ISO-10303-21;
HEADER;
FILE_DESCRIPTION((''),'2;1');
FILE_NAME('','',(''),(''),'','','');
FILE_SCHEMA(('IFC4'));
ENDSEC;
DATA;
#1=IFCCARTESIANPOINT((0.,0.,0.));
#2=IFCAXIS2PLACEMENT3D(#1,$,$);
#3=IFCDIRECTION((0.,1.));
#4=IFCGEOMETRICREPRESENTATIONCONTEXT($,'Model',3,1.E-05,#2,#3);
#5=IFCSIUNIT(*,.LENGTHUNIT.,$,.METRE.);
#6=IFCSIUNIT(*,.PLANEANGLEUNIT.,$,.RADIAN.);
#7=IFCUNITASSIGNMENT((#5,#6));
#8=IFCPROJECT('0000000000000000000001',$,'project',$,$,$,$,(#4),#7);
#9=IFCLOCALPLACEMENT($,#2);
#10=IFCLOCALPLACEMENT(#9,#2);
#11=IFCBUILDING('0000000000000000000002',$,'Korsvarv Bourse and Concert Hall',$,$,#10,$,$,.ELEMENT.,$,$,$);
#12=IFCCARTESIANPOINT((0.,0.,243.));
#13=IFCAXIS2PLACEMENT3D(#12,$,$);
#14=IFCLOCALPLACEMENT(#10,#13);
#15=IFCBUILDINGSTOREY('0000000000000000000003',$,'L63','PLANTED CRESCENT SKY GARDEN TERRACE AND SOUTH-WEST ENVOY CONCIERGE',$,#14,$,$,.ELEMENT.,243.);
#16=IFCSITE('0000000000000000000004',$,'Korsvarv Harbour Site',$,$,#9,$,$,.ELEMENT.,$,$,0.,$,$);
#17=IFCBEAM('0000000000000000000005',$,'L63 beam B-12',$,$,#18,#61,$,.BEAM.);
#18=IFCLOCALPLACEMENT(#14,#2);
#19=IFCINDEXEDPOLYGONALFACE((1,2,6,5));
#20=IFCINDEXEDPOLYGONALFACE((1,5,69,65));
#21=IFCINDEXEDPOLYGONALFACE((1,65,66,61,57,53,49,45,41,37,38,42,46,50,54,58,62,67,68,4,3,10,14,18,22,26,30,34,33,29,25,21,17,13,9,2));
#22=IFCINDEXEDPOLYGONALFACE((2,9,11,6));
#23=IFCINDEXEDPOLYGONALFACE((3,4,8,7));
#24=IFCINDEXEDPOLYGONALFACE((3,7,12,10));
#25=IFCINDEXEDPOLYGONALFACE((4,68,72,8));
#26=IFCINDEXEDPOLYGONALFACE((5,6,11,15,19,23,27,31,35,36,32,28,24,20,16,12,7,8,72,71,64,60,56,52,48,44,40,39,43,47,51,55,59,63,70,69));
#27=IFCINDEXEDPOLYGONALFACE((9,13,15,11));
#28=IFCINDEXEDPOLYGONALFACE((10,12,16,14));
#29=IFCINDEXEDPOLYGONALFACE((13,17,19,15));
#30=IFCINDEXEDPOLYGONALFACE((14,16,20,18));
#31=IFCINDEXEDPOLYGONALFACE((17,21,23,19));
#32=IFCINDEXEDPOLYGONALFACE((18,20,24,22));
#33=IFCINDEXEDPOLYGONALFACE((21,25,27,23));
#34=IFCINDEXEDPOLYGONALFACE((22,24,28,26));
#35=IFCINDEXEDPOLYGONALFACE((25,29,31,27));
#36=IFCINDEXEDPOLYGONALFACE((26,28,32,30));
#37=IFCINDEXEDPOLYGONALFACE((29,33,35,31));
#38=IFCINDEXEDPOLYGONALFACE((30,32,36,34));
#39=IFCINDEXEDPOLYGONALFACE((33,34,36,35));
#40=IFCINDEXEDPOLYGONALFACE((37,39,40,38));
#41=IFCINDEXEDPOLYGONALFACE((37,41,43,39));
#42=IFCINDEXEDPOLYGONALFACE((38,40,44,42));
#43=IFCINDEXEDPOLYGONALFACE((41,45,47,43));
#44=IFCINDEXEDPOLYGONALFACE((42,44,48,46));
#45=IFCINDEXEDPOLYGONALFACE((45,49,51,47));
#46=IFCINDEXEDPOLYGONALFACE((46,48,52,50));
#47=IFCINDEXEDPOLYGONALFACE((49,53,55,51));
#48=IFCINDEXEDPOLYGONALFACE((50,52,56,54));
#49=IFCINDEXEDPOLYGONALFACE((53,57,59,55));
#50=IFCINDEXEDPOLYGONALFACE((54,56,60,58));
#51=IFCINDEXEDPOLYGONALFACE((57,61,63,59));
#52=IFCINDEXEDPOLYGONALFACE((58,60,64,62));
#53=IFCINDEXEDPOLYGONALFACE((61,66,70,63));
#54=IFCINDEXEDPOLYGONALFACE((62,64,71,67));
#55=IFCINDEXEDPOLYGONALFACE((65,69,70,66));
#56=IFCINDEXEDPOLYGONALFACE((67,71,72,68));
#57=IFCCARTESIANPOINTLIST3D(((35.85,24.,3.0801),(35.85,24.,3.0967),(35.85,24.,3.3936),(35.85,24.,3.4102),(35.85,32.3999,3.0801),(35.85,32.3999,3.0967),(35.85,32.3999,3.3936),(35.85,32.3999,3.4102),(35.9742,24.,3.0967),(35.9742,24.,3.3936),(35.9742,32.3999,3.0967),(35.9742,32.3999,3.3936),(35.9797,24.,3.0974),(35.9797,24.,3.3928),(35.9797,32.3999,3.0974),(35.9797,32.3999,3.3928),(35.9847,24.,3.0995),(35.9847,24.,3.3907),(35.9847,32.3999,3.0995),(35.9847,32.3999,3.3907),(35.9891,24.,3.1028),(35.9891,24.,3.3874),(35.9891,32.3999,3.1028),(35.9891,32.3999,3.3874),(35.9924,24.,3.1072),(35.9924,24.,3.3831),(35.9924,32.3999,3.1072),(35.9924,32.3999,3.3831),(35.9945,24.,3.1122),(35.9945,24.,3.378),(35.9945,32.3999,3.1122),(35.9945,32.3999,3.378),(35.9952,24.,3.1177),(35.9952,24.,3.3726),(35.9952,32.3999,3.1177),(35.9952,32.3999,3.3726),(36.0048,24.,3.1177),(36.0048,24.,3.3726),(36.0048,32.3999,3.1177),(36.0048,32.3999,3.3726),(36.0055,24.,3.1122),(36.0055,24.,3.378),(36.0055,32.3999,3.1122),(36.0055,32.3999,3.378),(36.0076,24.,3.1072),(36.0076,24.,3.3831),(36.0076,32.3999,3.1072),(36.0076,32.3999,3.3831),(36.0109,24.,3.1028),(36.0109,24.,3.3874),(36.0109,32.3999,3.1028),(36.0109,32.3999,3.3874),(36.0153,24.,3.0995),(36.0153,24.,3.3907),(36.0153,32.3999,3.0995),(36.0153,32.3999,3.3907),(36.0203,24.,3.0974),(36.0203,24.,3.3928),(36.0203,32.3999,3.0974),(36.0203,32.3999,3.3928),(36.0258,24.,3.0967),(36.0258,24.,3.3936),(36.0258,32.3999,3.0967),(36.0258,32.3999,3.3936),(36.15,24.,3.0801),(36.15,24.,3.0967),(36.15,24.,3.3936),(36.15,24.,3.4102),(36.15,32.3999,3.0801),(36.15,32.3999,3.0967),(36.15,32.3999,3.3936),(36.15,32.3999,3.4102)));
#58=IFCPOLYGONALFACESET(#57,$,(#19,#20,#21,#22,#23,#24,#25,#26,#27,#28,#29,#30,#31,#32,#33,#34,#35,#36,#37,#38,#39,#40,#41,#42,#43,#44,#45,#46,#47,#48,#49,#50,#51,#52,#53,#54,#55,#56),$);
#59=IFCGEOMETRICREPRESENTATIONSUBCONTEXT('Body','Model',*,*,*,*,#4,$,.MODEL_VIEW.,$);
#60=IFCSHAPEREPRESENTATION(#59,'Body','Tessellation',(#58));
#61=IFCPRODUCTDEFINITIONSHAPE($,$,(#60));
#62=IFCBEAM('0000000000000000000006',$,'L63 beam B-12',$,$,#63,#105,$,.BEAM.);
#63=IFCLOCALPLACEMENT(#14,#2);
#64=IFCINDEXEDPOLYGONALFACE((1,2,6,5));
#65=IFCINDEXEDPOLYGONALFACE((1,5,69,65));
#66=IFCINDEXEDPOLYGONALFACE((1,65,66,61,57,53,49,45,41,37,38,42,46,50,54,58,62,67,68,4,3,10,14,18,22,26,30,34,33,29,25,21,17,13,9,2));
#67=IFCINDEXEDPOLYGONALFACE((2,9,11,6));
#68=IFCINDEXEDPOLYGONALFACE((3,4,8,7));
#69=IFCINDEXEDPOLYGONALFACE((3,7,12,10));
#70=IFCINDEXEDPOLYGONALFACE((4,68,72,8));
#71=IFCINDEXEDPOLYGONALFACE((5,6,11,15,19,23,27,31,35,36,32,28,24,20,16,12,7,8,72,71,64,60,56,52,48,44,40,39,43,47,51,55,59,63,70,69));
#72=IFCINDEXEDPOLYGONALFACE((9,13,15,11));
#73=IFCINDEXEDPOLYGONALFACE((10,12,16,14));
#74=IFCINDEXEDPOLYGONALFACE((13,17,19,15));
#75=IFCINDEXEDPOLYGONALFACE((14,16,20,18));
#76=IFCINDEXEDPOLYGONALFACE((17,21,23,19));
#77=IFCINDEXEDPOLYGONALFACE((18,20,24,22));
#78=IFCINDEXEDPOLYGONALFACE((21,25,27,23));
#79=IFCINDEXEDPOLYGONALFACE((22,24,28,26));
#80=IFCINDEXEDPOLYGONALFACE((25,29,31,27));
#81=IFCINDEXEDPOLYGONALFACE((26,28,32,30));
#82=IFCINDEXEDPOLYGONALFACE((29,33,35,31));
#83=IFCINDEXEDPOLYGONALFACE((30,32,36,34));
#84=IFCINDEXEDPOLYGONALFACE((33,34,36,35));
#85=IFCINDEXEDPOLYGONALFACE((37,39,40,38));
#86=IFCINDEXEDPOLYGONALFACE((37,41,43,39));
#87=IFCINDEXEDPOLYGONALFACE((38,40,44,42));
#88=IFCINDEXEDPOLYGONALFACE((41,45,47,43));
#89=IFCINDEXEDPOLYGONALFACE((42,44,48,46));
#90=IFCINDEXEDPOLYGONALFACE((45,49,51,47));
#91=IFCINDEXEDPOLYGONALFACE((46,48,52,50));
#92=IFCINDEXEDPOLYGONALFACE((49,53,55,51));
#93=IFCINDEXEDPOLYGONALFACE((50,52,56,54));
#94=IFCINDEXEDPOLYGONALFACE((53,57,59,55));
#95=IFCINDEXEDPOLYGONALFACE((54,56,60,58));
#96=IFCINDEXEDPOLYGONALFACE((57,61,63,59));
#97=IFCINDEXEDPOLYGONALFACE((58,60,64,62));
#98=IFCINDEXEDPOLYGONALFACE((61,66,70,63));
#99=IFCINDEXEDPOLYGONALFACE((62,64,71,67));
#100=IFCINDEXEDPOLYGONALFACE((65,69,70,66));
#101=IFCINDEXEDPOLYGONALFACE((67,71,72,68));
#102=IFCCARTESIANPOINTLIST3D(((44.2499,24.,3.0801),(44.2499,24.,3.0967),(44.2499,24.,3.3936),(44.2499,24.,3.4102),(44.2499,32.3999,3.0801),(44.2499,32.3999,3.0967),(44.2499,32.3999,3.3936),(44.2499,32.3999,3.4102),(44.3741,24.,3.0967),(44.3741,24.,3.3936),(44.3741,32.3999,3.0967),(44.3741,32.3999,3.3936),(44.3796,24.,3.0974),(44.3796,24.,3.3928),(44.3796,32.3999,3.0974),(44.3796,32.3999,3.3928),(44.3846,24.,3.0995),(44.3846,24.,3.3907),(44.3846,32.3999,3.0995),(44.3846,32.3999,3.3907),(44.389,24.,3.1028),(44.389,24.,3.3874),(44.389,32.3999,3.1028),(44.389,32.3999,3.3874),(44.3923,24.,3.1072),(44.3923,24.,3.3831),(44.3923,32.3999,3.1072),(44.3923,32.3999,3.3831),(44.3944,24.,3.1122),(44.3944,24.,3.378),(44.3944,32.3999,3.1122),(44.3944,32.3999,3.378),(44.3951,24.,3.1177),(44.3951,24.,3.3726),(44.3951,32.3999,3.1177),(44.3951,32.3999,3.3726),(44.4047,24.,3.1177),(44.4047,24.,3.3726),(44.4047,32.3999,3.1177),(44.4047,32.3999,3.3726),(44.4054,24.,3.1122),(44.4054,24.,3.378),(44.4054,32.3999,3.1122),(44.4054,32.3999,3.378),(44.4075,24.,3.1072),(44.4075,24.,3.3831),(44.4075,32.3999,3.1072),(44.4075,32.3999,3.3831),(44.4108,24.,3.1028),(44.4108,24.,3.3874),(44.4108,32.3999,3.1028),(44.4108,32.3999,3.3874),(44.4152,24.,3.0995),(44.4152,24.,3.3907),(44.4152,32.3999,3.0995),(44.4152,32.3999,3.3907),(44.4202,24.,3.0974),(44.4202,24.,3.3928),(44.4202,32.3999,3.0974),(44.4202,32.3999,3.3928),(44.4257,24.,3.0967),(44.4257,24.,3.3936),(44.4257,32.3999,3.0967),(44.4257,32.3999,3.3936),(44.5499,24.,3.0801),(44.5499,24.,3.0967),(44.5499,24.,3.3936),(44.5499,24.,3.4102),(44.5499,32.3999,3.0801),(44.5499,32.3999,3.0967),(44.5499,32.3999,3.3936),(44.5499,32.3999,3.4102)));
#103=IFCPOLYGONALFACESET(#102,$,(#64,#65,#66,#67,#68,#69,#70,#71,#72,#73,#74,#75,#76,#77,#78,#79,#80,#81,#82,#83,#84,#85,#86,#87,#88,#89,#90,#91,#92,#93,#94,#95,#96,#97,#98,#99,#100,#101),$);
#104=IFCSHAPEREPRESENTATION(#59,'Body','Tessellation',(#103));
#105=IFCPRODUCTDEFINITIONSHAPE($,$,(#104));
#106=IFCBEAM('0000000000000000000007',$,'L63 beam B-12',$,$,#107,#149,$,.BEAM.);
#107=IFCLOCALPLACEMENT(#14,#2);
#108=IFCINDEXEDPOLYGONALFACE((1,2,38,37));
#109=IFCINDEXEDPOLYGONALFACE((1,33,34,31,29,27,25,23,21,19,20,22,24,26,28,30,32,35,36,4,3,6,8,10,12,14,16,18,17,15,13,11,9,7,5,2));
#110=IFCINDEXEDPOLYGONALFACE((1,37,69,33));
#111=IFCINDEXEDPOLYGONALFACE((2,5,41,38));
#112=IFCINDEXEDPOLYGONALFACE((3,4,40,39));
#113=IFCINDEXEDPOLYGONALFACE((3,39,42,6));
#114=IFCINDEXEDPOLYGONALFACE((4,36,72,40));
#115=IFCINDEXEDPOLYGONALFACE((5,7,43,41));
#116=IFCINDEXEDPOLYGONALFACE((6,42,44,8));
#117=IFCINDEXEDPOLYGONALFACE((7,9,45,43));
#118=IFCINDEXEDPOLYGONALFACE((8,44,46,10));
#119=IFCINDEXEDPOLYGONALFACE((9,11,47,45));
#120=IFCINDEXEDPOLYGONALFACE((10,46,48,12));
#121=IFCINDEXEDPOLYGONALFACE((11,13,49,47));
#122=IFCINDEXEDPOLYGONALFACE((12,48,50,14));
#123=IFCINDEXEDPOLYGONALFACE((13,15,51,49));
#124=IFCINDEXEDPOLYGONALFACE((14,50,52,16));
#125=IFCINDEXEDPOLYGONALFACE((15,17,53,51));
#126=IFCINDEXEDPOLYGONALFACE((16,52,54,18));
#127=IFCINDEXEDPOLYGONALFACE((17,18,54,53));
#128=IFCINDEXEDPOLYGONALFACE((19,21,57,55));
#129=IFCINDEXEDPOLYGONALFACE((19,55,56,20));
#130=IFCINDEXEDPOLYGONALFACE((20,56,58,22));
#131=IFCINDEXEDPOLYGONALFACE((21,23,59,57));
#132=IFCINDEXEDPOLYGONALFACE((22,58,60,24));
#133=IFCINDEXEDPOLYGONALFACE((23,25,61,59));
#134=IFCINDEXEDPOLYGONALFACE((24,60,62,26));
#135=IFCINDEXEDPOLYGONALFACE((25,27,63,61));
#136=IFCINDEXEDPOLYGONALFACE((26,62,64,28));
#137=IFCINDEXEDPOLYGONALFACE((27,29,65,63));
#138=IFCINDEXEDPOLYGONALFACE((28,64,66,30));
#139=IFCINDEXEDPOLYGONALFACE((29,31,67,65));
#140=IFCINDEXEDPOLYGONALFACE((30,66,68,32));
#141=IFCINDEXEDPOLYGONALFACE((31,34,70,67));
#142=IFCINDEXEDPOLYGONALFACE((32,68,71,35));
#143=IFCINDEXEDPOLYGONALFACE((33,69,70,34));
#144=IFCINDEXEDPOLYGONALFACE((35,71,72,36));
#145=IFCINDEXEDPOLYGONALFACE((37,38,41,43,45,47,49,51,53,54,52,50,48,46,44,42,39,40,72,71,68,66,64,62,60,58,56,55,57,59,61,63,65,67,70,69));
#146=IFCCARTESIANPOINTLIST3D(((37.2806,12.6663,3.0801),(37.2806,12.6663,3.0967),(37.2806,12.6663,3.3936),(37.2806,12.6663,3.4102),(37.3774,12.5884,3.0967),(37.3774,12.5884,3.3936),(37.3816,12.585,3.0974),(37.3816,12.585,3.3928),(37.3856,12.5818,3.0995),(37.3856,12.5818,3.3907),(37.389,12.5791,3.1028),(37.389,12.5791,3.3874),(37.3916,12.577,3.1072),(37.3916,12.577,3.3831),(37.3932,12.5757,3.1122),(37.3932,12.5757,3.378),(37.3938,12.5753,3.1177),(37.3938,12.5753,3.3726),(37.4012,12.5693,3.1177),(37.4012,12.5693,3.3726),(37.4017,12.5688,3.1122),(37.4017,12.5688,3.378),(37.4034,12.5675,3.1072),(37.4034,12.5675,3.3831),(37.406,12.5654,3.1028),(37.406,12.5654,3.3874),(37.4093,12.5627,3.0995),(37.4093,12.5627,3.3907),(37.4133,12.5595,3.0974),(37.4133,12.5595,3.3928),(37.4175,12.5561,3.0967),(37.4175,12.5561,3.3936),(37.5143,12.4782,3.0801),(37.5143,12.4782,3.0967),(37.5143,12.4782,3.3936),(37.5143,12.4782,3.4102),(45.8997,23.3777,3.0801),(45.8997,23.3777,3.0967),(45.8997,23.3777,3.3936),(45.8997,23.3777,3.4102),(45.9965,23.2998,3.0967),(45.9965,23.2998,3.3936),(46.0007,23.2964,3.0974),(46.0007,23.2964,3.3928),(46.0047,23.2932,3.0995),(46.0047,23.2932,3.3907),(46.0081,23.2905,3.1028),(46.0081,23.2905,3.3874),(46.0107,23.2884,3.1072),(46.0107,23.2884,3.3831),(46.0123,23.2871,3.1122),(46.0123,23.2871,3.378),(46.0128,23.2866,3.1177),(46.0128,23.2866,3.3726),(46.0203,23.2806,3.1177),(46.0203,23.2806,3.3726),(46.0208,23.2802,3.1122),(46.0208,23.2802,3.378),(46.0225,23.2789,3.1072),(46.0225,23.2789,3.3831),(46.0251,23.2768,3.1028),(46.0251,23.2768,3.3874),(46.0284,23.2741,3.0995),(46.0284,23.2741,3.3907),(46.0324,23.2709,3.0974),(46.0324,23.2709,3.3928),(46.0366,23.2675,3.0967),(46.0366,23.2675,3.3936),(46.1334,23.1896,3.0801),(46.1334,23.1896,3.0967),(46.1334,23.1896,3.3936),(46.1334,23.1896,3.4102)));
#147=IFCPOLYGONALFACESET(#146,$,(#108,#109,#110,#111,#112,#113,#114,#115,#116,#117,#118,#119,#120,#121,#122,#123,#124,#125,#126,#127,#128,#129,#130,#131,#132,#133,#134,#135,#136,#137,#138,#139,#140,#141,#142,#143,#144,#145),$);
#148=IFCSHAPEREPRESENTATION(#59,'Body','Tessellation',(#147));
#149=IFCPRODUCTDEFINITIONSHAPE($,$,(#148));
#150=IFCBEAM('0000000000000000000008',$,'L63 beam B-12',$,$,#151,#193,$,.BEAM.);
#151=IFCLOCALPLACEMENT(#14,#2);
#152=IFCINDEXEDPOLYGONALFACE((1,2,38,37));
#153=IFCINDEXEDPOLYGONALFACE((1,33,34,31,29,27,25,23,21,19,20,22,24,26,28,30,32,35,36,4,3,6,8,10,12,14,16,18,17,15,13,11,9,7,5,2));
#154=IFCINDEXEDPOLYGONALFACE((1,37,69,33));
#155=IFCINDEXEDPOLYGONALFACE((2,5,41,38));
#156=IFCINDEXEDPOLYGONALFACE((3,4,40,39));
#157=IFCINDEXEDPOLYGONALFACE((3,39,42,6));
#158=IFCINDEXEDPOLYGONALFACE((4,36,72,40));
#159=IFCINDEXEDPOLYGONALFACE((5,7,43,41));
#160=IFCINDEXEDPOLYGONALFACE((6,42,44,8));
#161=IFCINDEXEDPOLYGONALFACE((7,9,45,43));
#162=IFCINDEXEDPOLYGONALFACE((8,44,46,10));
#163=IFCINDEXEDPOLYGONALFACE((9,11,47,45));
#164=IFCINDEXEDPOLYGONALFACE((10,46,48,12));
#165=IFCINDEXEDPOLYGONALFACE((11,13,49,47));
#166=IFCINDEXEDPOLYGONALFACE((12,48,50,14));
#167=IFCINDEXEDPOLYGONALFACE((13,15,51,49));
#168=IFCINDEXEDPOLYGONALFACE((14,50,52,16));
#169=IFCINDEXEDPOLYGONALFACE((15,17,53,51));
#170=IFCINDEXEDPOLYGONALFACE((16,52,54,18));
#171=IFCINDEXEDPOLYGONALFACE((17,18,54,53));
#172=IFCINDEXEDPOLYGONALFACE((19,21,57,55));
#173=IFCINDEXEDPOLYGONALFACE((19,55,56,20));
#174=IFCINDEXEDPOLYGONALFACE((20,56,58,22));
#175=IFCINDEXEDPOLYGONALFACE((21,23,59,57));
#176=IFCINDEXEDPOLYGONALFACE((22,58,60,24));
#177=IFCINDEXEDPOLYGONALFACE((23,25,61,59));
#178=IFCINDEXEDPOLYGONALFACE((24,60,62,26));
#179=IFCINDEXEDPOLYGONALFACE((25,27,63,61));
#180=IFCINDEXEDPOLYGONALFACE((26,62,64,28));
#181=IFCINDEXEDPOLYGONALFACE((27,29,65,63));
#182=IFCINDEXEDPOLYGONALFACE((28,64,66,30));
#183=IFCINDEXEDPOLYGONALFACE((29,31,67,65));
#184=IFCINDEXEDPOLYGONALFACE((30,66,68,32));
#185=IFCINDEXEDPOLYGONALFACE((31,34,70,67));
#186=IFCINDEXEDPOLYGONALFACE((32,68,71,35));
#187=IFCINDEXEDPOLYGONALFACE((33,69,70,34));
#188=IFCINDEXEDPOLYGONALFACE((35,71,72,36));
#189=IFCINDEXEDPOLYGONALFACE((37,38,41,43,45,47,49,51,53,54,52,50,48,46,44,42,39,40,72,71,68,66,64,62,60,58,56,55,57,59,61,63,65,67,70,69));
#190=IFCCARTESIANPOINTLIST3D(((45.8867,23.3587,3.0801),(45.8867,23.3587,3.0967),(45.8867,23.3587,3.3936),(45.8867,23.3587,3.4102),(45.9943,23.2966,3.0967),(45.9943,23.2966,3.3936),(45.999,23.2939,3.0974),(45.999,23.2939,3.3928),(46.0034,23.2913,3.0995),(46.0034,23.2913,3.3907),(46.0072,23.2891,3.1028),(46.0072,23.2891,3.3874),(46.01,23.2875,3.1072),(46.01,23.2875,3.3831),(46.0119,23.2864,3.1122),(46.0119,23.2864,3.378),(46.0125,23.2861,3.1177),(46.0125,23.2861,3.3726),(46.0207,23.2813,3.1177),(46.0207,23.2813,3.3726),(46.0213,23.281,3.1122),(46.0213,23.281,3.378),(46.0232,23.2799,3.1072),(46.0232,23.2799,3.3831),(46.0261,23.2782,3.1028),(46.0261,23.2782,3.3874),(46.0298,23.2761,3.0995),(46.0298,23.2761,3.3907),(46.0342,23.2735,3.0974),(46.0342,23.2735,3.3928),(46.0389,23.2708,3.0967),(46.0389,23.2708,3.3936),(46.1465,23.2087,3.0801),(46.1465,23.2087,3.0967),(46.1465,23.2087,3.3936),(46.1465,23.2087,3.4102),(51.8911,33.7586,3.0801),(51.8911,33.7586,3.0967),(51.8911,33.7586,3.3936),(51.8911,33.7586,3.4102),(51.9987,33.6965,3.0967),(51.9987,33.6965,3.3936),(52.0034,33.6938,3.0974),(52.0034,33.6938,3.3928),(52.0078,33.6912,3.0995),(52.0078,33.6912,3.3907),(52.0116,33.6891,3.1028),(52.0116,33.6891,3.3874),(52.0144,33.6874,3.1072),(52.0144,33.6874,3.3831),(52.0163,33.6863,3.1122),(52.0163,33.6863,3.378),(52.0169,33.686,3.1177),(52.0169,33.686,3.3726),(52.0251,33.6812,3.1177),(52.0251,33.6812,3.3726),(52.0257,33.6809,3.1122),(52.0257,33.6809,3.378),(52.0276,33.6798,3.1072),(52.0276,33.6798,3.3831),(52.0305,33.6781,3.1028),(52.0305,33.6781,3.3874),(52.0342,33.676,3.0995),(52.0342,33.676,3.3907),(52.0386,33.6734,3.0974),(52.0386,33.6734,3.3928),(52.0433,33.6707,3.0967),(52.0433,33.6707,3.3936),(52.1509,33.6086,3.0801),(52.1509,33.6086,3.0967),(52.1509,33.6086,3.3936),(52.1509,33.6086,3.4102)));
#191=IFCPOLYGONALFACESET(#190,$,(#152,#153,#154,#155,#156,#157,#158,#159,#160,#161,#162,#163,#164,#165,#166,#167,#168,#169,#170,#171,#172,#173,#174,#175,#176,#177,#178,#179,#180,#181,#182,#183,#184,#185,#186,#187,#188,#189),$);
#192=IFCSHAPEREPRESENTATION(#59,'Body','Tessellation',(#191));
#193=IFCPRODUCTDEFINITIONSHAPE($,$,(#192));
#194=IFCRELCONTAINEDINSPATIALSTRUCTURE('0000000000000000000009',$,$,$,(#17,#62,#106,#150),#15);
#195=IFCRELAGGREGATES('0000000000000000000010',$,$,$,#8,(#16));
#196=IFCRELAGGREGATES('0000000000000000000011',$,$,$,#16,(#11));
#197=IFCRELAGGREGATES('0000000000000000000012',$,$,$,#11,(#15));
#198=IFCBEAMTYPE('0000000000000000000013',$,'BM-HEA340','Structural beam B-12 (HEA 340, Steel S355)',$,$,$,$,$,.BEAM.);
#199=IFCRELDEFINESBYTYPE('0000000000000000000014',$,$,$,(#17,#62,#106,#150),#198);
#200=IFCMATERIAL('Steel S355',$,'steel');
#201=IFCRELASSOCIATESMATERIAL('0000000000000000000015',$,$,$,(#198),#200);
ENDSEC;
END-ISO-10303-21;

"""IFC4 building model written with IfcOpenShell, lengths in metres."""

from ifc_helpers import new_model, si_unit, direction, frame, origin, origin_2d, place, context, subcontext, project, spatial, i_section, extrude, source, transform, mapped, material, material_profile, profile_set, type_object, element, save


model = new_model("IFC4")

# Units and contexts
model_context = context("Model", 3, precision=1e-05, world=origin(), true_north=direction((0.0, 1.0)))
body_context = subcontext(model_context, "Body", "Model", "MODEL_VIEW")
ifc_project = project(units=[si_unit("LENGTHUNIT", "METRE"), si_unit("PLANEANGLEUNIT", "RADIAN")], contexts=[model_context])

# Site, building, storey
site_placement = place(None, origin())
site = spatial("IfcSite", under=ifc_project, at=site_placement, Name="Korsvarv Harbour Site", CompositionType="ELEMENT", RefElevation=0.0)
building_placement = place(site_placement, origin())
building = spatial("IfcBuilding", under=site, at=building_placement, Name="Korsvarv Bourse and Concert Hall", CompositionType="ELEMENT")
storey_placement = place(building_placement, frame((0.0, 0.0, 243.0)))
storey = spatial("IfcBuildingStorey", under=building, at=storey_placement, Name="L63", Description="PLANTED CRESCENT SKY GARDEN TERRACE AND SOUTH-WEST ENVOY CONCIERGE", CompositionType="ELEMENT", Elevation=243.0)

# Shared definitions
ifc_material_1 = material(Name="Steel S355", Category="steel")

# Beams
ifc_material_profile_1 = material_profile(ifc_material_1, i_section(OverallWidth=0.3, OverallDepth=0.3301, WebThickness=0.0095, FlangeThickness=0.0166, FilletRadius=0.021, at=origin_2d()), Name="HEA 340")
ifc_profile_set_1 = profile_set([ifc_material_profile_1], Name="Steel S355")
beam_type_1 = type_object("IfcBeamType", Name="BM-HEA340", Description="Structural beam B-12 (HEA 340, Steel S355)", PredefinedType="BEAM", material=ifc_profile_set_1)
shared_shape_1 = source(origin(), body_context, "Body", "SweptSolid", [
    extrude(i_section(OverallWidth=0.3, OverallDepth=0.3301, WebThickness=0.0095, FlangeThickness=0.0166, FilletRadius=0.021, at=origin_2d()), origin(), (0.0, 0.0, 1.0), 8.3999),
])
for number, where, z_axis, x_axis, name in (
    (1, (36.0, 24.0, 3.2451), (0.0, 1.0, 0.0), (-1.0, 0.0, 0.0), "L63 beam B-12"),
    (2, (44.3999, 24.0, 3.2451), (0.0, 1.0, 0.0), (-1.0, 0.0, 0.0), "L63 beam B-12"),
):
    element("IfcBeam", number, at=place(storey_placement, frame(where, z_axis=z_axis, x_axis=x_axis)), inside=storey, type_object=beam_type_1, Name=name, PredefinedType="BEAM", context=body_context, shape_type="MappedRepresentation", body=[
        mapped(shared_shape_1, transform((0.0, 0.0, 0.0), scale=1.0)),
    ])
shared_shape_2 = source(origin(), body_context, "Body", "SweptSolid", [
    extrude(i_section(OverallWidth=0.3, OverallDepth=0.3301, WebThickness=0.0095, FlangeThickness=0.0166, FilletRadius=0.021, at=origin_2d()), origin(), (0.0, 0.0, 1.0), 13.7485),
])
beam_1_placement = place(storey_placement, frame((37.3975, 12.5723, 3.2451), z_axis=(0.62691, 0.779092, 0.0), x_axis=(-0.779092, 0.62691, 0.0)))
element("IfcBeam", 3, at=beam_1_placement, inside=storey, type_object=beam_type_1, Name="L63 beam B-12", PredefinedType="BEAM", context=body_context, shape_type="MappedRepresentation", body=[
    mapped(shared_shape_2, transform((0.0, 0.0, 0.0), scale=1.0)),
])
shared_shape_3 = source(origin(), body_context, "Body", "SweptSolid", [
    extrude(i_section(OverallWidth=0.3, OverallDepth=0.3301, WebThickness=0.0095, FlangeThickness=0.0166, FilletRadius=0.021, at=origin_2d()), origin(), (0.0, 0.0, 1.0), 12.0088),
])
beam_2_placement = place(storey_placement, frame((46.0166, 23.2837, 3.2451), z_axis=(0.500001, 0.866025, 0.0), x_axis=(-0.866025, 0.500001, 0.0)))
element("IfcBeam", 4, at=beam_2_placement, inside=storey, type_object=beam_type_1, Name="L63 beam B-12", PredefinedType="BEAM", context=body_context, shape_type="MappedRepresentation", body=[
    mapped(shared_shape_3, transform((0.0, 0.0, 0.0), scale=1.0)),
])

save(model, "model.ifc")
